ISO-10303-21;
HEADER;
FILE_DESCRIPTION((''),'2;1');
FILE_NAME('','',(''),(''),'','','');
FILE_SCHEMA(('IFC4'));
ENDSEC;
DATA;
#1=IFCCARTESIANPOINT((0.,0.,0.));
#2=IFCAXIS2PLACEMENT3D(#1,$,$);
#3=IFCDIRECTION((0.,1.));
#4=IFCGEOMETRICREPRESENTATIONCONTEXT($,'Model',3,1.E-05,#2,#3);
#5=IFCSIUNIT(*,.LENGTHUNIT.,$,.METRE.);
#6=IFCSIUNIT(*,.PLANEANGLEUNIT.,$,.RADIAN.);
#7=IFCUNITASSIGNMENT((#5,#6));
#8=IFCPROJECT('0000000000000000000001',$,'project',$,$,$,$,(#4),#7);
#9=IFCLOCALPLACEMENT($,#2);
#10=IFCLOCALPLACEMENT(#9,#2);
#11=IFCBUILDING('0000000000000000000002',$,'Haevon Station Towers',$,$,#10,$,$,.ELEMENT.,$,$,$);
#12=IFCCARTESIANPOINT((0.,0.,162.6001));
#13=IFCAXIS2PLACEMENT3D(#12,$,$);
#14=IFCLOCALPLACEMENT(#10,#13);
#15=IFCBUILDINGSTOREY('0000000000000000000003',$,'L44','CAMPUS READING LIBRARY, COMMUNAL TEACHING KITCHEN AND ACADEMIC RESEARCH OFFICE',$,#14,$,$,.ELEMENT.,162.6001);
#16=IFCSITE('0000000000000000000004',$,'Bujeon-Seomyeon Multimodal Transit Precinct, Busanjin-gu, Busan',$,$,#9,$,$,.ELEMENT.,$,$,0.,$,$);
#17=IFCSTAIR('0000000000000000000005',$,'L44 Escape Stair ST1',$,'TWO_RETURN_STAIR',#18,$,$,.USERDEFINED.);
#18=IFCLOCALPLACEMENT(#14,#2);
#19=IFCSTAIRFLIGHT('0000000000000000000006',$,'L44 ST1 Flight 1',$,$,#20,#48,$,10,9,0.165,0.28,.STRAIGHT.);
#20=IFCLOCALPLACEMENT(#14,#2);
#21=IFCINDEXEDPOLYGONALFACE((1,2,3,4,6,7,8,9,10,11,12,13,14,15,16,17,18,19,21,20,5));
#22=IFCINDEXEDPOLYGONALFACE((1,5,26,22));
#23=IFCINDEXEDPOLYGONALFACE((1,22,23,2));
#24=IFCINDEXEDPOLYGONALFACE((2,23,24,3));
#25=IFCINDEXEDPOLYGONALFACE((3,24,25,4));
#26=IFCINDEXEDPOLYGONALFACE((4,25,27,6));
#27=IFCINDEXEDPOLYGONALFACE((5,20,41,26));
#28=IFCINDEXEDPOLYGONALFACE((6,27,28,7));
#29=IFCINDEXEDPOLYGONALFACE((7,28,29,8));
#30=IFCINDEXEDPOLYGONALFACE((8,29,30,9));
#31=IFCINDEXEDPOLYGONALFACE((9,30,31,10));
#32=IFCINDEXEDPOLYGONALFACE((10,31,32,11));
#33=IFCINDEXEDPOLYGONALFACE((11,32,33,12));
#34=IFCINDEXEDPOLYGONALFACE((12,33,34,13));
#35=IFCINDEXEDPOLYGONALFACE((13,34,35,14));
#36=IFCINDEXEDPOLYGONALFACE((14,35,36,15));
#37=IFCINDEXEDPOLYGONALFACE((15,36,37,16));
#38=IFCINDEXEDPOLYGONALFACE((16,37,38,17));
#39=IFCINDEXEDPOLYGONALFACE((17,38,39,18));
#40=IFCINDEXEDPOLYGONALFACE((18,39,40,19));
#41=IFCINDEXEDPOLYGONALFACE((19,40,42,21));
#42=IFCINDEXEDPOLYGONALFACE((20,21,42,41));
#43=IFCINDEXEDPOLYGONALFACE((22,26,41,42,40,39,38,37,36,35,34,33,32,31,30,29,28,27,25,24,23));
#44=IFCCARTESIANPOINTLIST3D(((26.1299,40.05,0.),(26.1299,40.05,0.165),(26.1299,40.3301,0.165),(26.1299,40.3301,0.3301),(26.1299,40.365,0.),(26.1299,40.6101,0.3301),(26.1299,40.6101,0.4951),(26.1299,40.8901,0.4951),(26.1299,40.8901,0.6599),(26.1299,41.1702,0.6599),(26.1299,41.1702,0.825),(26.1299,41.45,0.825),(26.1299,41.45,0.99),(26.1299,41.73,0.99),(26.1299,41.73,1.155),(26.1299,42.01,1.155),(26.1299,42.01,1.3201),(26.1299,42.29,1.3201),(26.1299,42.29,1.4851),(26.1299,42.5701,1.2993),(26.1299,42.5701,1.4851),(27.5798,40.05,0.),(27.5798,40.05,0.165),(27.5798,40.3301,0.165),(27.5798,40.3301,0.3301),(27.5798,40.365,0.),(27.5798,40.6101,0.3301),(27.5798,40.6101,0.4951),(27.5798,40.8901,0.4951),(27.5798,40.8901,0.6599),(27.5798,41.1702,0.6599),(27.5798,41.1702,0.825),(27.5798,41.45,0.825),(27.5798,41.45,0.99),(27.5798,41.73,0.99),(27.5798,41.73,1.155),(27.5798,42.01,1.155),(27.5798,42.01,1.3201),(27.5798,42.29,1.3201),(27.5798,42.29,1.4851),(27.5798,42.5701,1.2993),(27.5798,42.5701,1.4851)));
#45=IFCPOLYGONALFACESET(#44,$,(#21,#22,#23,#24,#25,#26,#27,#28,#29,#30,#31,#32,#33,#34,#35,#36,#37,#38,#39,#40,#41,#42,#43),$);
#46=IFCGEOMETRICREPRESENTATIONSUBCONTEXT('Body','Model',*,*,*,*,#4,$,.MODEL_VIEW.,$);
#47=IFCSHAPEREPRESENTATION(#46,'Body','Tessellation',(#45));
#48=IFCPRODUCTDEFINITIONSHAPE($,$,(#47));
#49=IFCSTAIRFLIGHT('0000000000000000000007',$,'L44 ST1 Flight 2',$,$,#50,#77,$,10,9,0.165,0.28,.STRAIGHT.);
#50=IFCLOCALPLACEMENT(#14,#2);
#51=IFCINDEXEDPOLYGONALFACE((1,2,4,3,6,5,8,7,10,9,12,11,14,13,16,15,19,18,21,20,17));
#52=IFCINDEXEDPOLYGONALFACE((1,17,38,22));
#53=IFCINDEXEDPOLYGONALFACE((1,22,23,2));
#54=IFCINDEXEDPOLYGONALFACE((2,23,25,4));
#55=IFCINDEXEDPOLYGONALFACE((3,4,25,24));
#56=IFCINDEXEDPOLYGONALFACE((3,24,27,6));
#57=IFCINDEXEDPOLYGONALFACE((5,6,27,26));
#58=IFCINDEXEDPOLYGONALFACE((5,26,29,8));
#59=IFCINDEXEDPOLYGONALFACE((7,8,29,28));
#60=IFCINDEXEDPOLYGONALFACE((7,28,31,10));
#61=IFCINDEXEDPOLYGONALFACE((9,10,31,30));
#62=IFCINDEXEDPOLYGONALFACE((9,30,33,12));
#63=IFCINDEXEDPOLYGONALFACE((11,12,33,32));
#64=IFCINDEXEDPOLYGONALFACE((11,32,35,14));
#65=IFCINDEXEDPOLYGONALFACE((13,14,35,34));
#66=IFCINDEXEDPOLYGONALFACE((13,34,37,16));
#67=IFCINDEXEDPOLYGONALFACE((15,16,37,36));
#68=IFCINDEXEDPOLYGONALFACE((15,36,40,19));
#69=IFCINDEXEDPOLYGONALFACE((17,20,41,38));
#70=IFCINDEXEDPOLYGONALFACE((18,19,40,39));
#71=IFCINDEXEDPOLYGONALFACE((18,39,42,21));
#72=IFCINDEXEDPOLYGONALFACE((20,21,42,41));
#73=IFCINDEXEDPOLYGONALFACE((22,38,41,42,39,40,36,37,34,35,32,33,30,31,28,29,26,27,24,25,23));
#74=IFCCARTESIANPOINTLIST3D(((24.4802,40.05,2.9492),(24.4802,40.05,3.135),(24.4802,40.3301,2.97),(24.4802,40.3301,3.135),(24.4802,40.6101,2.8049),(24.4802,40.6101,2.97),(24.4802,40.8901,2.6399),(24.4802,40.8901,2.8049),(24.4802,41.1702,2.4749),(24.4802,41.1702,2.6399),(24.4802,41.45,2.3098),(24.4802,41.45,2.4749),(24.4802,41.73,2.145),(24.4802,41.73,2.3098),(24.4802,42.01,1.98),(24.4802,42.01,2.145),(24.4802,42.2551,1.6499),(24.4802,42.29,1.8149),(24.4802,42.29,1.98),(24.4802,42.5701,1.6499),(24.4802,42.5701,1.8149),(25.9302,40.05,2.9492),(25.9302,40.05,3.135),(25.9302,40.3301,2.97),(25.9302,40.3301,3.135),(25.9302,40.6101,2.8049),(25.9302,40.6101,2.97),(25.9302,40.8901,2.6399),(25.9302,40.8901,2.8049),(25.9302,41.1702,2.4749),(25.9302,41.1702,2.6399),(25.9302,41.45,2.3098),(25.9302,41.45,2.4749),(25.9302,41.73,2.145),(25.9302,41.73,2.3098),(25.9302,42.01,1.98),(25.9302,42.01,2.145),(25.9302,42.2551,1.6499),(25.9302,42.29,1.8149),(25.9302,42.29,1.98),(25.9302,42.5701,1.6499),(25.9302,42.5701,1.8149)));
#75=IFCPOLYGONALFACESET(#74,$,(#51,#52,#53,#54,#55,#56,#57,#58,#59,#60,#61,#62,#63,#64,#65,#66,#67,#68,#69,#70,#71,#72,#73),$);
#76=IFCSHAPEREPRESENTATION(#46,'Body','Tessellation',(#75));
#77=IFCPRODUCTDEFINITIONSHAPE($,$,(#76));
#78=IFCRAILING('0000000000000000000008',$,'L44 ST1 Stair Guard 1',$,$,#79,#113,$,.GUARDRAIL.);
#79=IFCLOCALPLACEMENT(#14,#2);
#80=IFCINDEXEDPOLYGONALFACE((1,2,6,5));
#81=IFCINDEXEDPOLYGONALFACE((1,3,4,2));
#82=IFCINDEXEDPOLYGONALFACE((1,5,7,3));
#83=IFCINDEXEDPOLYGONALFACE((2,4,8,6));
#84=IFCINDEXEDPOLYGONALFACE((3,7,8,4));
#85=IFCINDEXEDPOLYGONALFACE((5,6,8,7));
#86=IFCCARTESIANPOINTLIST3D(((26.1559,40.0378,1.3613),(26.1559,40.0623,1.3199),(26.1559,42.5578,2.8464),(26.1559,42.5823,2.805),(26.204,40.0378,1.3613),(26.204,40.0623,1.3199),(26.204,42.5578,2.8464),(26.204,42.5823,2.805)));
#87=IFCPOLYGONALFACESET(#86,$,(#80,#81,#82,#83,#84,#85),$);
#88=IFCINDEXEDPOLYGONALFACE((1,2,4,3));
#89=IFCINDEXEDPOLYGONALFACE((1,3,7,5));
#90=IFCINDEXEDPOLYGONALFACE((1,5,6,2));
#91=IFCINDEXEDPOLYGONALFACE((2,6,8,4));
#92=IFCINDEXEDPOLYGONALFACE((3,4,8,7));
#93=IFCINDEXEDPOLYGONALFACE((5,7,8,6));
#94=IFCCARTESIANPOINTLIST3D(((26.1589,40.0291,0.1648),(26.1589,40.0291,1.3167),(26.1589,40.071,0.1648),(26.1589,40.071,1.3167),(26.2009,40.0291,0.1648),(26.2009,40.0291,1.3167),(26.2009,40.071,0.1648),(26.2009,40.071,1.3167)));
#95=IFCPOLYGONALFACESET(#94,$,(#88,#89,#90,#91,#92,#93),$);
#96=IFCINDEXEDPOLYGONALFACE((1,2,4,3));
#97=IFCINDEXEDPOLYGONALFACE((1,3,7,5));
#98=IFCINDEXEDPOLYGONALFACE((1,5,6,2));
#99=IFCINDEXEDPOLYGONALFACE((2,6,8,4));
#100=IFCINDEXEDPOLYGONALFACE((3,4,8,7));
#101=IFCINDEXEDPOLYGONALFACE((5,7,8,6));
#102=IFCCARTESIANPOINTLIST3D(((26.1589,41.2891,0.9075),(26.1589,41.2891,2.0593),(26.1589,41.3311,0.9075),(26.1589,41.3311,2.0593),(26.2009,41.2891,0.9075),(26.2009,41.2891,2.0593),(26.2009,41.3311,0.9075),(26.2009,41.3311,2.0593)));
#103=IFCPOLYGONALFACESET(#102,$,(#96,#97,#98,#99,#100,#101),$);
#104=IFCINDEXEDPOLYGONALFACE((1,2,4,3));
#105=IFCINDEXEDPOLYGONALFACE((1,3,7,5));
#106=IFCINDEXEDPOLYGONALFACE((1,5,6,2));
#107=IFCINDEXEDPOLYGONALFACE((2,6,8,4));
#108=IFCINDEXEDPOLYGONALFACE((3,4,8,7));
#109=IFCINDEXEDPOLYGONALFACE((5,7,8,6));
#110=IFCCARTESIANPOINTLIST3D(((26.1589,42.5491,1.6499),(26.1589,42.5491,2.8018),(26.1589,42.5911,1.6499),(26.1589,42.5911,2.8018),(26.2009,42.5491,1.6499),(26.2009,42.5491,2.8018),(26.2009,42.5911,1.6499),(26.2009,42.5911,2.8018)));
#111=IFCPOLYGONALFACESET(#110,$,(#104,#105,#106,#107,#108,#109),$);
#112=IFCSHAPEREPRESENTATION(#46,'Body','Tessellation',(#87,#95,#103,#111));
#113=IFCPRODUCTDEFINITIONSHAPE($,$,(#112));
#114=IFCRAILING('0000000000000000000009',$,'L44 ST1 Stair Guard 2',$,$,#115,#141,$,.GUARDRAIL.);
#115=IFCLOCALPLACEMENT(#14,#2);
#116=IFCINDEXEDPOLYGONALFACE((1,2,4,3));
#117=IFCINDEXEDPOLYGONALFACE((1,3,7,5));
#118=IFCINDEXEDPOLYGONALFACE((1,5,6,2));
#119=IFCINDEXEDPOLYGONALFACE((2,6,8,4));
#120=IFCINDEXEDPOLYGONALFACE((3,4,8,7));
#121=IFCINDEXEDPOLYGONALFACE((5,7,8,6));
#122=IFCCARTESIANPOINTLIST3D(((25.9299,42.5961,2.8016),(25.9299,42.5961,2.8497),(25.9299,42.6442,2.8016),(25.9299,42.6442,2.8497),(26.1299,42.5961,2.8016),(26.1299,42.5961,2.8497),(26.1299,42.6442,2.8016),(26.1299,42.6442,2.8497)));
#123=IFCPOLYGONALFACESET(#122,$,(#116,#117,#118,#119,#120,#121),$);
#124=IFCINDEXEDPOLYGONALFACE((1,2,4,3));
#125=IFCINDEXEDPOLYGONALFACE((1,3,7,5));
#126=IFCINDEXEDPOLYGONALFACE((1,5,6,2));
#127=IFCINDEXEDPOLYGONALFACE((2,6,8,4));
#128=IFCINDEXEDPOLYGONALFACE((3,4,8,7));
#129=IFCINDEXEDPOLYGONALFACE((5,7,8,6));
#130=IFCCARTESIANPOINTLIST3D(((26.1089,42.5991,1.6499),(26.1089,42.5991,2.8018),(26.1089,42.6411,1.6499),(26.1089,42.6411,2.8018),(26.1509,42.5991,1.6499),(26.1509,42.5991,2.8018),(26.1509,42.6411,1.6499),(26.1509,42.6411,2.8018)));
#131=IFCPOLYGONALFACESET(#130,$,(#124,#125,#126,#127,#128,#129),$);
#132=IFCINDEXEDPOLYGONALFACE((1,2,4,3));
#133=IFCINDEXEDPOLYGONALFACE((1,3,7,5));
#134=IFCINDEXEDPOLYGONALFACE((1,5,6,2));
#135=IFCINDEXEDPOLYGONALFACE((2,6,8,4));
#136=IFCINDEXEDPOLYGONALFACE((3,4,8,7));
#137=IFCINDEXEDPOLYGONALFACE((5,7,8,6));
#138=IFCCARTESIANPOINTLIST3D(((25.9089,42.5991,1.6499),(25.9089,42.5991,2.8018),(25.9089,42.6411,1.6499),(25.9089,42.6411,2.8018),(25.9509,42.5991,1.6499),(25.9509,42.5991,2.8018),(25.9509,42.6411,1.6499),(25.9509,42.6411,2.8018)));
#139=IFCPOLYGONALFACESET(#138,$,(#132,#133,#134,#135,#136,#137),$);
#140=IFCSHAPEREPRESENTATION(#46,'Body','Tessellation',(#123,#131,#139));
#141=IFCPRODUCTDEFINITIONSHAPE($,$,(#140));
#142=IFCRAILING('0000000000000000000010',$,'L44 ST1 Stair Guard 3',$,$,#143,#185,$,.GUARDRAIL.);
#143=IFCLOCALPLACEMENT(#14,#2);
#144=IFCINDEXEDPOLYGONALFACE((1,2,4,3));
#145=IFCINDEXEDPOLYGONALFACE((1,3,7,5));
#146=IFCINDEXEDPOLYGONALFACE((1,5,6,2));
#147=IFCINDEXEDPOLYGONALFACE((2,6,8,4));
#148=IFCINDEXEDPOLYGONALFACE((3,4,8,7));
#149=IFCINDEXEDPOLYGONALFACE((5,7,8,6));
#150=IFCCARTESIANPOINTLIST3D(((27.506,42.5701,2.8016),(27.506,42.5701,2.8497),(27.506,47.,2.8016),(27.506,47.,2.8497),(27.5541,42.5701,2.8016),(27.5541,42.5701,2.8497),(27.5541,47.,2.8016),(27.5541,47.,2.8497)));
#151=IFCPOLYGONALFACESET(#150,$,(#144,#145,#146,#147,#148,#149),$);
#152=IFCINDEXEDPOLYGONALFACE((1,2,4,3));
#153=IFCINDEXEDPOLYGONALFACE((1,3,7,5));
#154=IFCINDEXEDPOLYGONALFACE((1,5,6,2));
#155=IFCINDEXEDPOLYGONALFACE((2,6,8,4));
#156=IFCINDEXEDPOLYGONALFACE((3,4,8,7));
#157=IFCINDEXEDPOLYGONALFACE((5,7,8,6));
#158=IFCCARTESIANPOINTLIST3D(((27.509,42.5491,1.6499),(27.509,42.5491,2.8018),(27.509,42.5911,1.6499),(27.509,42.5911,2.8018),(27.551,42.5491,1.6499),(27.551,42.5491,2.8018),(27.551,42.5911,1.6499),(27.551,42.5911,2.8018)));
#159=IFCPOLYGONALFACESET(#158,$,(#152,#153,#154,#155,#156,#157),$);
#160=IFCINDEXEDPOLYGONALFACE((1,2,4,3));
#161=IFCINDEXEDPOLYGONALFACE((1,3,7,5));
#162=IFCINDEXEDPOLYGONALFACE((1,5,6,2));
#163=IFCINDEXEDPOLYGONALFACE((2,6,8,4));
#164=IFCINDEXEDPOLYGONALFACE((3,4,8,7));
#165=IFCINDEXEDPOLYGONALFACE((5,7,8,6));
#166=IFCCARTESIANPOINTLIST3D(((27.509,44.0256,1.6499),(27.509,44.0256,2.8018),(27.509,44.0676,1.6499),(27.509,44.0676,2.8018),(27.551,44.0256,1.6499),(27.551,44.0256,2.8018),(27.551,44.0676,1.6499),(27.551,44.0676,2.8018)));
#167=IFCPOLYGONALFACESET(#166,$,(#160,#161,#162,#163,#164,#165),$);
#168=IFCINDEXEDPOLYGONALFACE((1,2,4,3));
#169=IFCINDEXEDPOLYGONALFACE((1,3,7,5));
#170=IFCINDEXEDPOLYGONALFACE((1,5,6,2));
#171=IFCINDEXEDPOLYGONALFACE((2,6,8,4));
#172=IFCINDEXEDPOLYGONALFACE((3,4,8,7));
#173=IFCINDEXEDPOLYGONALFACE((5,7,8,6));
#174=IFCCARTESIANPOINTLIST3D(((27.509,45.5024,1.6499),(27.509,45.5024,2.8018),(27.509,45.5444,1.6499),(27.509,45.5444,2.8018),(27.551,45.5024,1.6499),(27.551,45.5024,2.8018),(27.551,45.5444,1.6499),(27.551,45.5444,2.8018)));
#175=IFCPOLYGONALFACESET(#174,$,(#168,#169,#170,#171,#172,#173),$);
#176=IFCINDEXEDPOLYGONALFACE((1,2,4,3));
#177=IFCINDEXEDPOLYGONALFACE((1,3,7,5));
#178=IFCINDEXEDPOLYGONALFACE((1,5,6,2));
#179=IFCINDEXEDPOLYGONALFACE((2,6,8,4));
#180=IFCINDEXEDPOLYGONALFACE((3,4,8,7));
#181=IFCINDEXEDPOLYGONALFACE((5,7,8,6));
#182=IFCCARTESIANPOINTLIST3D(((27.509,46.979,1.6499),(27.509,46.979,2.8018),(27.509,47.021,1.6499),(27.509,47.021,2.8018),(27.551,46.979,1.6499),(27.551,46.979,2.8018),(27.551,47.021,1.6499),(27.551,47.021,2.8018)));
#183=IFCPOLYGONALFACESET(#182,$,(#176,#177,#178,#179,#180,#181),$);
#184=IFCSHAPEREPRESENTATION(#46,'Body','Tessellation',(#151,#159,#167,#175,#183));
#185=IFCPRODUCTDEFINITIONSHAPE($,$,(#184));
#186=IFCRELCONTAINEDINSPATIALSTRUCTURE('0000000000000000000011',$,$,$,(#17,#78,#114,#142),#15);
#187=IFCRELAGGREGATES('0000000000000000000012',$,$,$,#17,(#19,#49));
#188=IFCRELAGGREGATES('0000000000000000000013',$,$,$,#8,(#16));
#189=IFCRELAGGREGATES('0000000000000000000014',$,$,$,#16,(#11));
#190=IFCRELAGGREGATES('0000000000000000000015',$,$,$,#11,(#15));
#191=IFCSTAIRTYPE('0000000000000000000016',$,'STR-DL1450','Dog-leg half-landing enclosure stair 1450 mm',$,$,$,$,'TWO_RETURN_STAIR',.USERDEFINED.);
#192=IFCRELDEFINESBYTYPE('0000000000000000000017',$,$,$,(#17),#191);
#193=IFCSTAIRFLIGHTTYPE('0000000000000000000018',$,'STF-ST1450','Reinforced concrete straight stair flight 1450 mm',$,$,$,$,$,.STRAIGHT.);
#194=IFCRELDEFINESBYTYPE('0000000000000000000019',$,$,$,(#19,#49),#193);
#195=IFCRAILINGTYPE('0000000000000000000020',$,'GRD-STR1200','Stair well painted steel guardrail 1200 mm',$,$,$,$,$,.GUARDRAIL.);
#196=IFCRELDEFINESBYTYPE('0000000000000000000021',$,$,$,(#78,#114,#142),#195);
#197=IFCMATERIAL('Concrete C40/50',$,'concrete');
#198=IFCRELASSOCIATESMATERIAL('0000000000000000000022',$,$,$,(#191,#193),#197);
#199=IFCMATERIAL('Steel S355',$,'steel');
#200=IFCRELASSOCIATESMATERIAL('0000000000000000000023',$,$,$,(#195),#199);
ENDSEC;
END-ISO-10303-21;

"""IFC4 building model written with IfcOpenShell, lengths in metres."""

from ifc_helpers import new_model, si_unit, direction, frame, origin, origin_2d, place, context, subcontext, project, spatial, polyline, rectangle, outline, extrude, material, type_object, element, aggregate, save


model = new_model("IFC4")

# Units and contexts
model_context = context("Model", 3, precision=1e-05, world=origin(), true_north=direction((0.0, 1.0)))
body_context = subcontext(model_context, "Body", "Model", "MODEL_VIEW")
ifc_project = project(units=[si_unit("LENGTHUNIT", "METRE"), si_unit("PLANEANGLEUNIT", "RADIAN")], contexts=[model_context])

# Site, building, storey
site_placement = place(None, origin())
site = spatial("IfcSite", under=ifc_project, at=site_placement, Name="Bujeon-Seomyeon Multimodal Transit Precinct, Busanjin-gu, Busan", CompositionType="ELEMENT", RefElevation=0.0)
building_placement = place(site_placement, origin())
building = spatial("IfcBuilding", under=site, at=building_placement, Name="Haevon Station Towers", CompositionType="ELEMENT")
storey_placement = place(building_placement, frame((0.0, 0.0, 162.6001)))
storey = spatial("IfcBuildingStorey", under=building, at=storey_placement, Name="L44", Description="CAMPUS READING LIBRARY, COMMUNAL TEACHING KITCHEN AND ACADEMIC RESEARCH OFFICE", CompositionType="ELEMENT", Elevation=162.6001)

# Shared definitions
ifc_material_1 = material(Name="Steel S355", Category="steel")

# Shared definitions
ifc_material_2 = material(Name="Concrete C40/50", Category="concrete")

# Stair, stair flights
stair_type = type_object("IfcStairType", Name="STR-DL1450", Description="Dog-leg half-landing enclosure stair 1450 mm", ElementType="TWO_RETURN_STAIR", PredefinedType="USERDEFINED", material=ifc_material_2)
stair_placement = place(storey_placement, origin())
stair = element("IfcStair", 1, at=stair_placement, inside=storey, type_object=stair_type, Name="L44 Escape Stair ST1", ObjectType="TWO_RETURN_STAIR", PredefinedType="USERDEFINED")
stair_flight_type = type_object("IfcStairFlightType", Name="STF-ST1450", Description="Reinforced concrete straight stair flight 1450 mm", PredefinedType="STRAIGHT", material=ifc_material_2)
stair_flight_1_placement = place(storey_placement, frame((26.855, 40.05, 0.0), z_axis=(0.0, 0.0, 1.0), x_axis=(0.0, 1.0, 0.0)))
stair_flight_1 = element("IfcStairFlight", 2, at=stair_flight_1_placement, type_object=stair_flight_type, Name="L44 ST1 Flight 1", NumberOfRisers=10, NumberOfTreads=9, PredefinedType="STRAIGHT", RiserHeight=0.165, TreadLength=0.28, context=body_context, shape_type="SweptSolid", body=[
    extrude(outline(polyline([(0.0, 0.0), (0.0, 0.165), (0.28, 0.165), (0.28, 0.3301), (0.5601, 0.3301), (0.5601, 0.4951), (0.8401, 0.4951), (0.8401, 0.6599), (1.1201, 0.6599), (1.1201, 0.825), (1.3999, 0.825), (1.3999, 0.99), (1.6799, 0.99), (1.6799, 1.155), (1.96, 1.155), (1.96, 1.3201), (2.24, 1.3201), (2.24, 1.4851), (2.52, 1.4851), (2.52, 1.6499), (2.52, 1.2993), (0.3149, 0.0), (0.0, 0.0)])), frame((0.0, 0.7251, 0.0), z_axis=(0.0, -1.0, 0.0), x_axis=(1.0, 0.0, 0.0)), (0.0, 0.0, 1.0), 1.45),
])
stair_flight_2_placement = place(storey_placement, frame((25.2051, 42.5701, 1.6499), z_axis=(0.0, 0.0, 1.0), x_axis=(0.0, -1.0, 0.0)))
stair_flight_2 = element("IfcStairFlight", 3, at=stair_flight_2_placement, type_object=stair_flight_type, Name="L44 ST1 Flight 2", NumberOfRisers=10, NumberOfTreads=9, PredefinedType="STRAIGHT", RiserHeight=0.165, TreadLength=0.28, context=body_context, shape_type="SweptSolid", body=[
    extrude(outline(polyline([(0.0, 0.0), (0.0, 0.165), (0.28, 0.165), (0.28, 0.3301), (0.5601, 0.3301), (0.5601, 0.4951), (0.8401, 0.4951), (0.8401, 0.6599), (1.1201, 0.6599), (1.1201, 0.825), (1.3999, 0.825), (1.3999, 0.99), (1.6799, 0.99), (1.6799, 1.155), (1.96, 1.155), (1.96, 1.3201), (2.24, 1.3201), (2.24, 1.4851), (2.52, 1.4851), (2.52, 1.6499), (2.52, 1.2993), (0.3149, 0.0), (0.0, 0.0)])), frame((0.0, 0.7251, 0.0), z_axis=(0.0, -1.0, 0.0), x_axis=(1.0, 0.0, 0.0)), (0.0, 0.0, 1.0), 1.45),
])
aggregate(stair, [stair_flight_1, stair_flight_2])

# Railings
railing_type_1 = type_object("IfcRailingType", Name="GRD-STR1200", Description="Stair well painted steel guardrail 1200 mm", PredefinedType="GUARDRAIL", material=ifc_material_1)
railing_1_placement = place(storey_placement, frame((26.1799, 40.05, 0.1648)))
element("IfcRailing", 4, at=railing_1_placement, inside=storey, type_object=railing_type_1, Name="L44 ST1 Stair Guard 1", PredefinedType="GUARDRAIL", context=body_context, shape_type="SweptSolid", body=[
    extrude(rectangle(XDim=0.0481, YDim=0.0481, at=origin_2d()), frame((0.0, 0.0, 1.1758), z_axis=(0.0, 0.861524, 0.507717), x_axis=(-1.0, 0.0, 0.0)), (0.0, 0.0, 1.0), 2.925),
    extrude(rectangle(XDim=0.042, YDim=0.042, at=origin_2d()), origin(), (0.0, 0.0, 1.0), 1.1519),
    extrude(rectangle(XDim=0.042, YDim=0.042, at=origin_2d()), frame((0.0, 1.26, 0.7427)), (0.0, 0.0, 1.0), 1.1519),
    extrude(rectangle(XDim=0.042, YDim=0.042, at=origin_2d()), frame((0.0, 2.52, 1.4851)), (0.0, 0.0, 1.0), 1.1519),
])
railing_2_placement = place(storey_placement, frame((26.1299, 42.6201, 1.6499)))
element("IfcRailing", 5, at=railing_2_placement, inside=storey, type_object=railing_type_1, Name="L44 ST1 Stair Guard 2", PredefinedType="GUARDRAIL", context=body_context, shape_type="SweptSolid", body=[
    extrude(rectangle(XDim=0.0481, YDim=0.0481, at=origin_2d()), frame((0.0, 0.0, 1.1758), z_axis=(-1.0, 0.0, 0.0), x_axis=(0.0, -1.0, 0.0)), (0.0, 0.0, 1.0), 0.2),
    extrude(rectangle(XDim=0.042, YDim=0.042, at=origin_2d()), origin(), (0.0, 0.0, 1.0), 1.1519),
    extrude(rectangle(XDim=0.042, YDim=0.042, at=origin_2d()), frame((-0.2, 0.0, 0.0)), (0.0, 0.0, 1.0), 1.1519),
])
railing_3_placement = place(storey_placement, frame((27.53, 42.5701, 1.6499)))
element("IfcRailing", 6, at=railing_3_placement, inside=storey, type_object=railing_type_1, Name="L44 ST1 Stair Guard 3", PredefinedType="GUARDRAIL", context=body_context, shape_type="SweptSolid", body=[
    extrude(rectangle(XDim=0.0481, YDim=0.0481, at=origin_2d()), frame((0.0, 0.0, 1.1758), z_axis=(0.0, 1.0, 0.0), x_axis=(-1.0, 0.0, 0.0)), (0.0, 0.0, 1.0), 4.4299),
    extrude(rectangle(XDim=0.042, YDim=0.042, at=origin_2d()), origin(), (0.0, 0.0, 1.0), 1.1519),
    extrude(rectangle(XDim=0.042, YDim=0.042, at=origin_2d()), frame((0.0, 1.4766, 0.0)), (0.0, 0.0, 1.0), 1.1519),
    extrude(rectangle(XDim=0.042, YDim=0.042, at=origin_2d()), frame((0.0, 2.9534, 0.0)), (0.0, 0.0, 1.0), 1.1519),
    extrude(rectangle(XDim=0.042, YDim=0.042, at=origin_2d()), frame((0.0, 4.4299, 0.0)), (0.0, 0.0, 1.0), 1.1519),
])

save(model, "model.ifc")
